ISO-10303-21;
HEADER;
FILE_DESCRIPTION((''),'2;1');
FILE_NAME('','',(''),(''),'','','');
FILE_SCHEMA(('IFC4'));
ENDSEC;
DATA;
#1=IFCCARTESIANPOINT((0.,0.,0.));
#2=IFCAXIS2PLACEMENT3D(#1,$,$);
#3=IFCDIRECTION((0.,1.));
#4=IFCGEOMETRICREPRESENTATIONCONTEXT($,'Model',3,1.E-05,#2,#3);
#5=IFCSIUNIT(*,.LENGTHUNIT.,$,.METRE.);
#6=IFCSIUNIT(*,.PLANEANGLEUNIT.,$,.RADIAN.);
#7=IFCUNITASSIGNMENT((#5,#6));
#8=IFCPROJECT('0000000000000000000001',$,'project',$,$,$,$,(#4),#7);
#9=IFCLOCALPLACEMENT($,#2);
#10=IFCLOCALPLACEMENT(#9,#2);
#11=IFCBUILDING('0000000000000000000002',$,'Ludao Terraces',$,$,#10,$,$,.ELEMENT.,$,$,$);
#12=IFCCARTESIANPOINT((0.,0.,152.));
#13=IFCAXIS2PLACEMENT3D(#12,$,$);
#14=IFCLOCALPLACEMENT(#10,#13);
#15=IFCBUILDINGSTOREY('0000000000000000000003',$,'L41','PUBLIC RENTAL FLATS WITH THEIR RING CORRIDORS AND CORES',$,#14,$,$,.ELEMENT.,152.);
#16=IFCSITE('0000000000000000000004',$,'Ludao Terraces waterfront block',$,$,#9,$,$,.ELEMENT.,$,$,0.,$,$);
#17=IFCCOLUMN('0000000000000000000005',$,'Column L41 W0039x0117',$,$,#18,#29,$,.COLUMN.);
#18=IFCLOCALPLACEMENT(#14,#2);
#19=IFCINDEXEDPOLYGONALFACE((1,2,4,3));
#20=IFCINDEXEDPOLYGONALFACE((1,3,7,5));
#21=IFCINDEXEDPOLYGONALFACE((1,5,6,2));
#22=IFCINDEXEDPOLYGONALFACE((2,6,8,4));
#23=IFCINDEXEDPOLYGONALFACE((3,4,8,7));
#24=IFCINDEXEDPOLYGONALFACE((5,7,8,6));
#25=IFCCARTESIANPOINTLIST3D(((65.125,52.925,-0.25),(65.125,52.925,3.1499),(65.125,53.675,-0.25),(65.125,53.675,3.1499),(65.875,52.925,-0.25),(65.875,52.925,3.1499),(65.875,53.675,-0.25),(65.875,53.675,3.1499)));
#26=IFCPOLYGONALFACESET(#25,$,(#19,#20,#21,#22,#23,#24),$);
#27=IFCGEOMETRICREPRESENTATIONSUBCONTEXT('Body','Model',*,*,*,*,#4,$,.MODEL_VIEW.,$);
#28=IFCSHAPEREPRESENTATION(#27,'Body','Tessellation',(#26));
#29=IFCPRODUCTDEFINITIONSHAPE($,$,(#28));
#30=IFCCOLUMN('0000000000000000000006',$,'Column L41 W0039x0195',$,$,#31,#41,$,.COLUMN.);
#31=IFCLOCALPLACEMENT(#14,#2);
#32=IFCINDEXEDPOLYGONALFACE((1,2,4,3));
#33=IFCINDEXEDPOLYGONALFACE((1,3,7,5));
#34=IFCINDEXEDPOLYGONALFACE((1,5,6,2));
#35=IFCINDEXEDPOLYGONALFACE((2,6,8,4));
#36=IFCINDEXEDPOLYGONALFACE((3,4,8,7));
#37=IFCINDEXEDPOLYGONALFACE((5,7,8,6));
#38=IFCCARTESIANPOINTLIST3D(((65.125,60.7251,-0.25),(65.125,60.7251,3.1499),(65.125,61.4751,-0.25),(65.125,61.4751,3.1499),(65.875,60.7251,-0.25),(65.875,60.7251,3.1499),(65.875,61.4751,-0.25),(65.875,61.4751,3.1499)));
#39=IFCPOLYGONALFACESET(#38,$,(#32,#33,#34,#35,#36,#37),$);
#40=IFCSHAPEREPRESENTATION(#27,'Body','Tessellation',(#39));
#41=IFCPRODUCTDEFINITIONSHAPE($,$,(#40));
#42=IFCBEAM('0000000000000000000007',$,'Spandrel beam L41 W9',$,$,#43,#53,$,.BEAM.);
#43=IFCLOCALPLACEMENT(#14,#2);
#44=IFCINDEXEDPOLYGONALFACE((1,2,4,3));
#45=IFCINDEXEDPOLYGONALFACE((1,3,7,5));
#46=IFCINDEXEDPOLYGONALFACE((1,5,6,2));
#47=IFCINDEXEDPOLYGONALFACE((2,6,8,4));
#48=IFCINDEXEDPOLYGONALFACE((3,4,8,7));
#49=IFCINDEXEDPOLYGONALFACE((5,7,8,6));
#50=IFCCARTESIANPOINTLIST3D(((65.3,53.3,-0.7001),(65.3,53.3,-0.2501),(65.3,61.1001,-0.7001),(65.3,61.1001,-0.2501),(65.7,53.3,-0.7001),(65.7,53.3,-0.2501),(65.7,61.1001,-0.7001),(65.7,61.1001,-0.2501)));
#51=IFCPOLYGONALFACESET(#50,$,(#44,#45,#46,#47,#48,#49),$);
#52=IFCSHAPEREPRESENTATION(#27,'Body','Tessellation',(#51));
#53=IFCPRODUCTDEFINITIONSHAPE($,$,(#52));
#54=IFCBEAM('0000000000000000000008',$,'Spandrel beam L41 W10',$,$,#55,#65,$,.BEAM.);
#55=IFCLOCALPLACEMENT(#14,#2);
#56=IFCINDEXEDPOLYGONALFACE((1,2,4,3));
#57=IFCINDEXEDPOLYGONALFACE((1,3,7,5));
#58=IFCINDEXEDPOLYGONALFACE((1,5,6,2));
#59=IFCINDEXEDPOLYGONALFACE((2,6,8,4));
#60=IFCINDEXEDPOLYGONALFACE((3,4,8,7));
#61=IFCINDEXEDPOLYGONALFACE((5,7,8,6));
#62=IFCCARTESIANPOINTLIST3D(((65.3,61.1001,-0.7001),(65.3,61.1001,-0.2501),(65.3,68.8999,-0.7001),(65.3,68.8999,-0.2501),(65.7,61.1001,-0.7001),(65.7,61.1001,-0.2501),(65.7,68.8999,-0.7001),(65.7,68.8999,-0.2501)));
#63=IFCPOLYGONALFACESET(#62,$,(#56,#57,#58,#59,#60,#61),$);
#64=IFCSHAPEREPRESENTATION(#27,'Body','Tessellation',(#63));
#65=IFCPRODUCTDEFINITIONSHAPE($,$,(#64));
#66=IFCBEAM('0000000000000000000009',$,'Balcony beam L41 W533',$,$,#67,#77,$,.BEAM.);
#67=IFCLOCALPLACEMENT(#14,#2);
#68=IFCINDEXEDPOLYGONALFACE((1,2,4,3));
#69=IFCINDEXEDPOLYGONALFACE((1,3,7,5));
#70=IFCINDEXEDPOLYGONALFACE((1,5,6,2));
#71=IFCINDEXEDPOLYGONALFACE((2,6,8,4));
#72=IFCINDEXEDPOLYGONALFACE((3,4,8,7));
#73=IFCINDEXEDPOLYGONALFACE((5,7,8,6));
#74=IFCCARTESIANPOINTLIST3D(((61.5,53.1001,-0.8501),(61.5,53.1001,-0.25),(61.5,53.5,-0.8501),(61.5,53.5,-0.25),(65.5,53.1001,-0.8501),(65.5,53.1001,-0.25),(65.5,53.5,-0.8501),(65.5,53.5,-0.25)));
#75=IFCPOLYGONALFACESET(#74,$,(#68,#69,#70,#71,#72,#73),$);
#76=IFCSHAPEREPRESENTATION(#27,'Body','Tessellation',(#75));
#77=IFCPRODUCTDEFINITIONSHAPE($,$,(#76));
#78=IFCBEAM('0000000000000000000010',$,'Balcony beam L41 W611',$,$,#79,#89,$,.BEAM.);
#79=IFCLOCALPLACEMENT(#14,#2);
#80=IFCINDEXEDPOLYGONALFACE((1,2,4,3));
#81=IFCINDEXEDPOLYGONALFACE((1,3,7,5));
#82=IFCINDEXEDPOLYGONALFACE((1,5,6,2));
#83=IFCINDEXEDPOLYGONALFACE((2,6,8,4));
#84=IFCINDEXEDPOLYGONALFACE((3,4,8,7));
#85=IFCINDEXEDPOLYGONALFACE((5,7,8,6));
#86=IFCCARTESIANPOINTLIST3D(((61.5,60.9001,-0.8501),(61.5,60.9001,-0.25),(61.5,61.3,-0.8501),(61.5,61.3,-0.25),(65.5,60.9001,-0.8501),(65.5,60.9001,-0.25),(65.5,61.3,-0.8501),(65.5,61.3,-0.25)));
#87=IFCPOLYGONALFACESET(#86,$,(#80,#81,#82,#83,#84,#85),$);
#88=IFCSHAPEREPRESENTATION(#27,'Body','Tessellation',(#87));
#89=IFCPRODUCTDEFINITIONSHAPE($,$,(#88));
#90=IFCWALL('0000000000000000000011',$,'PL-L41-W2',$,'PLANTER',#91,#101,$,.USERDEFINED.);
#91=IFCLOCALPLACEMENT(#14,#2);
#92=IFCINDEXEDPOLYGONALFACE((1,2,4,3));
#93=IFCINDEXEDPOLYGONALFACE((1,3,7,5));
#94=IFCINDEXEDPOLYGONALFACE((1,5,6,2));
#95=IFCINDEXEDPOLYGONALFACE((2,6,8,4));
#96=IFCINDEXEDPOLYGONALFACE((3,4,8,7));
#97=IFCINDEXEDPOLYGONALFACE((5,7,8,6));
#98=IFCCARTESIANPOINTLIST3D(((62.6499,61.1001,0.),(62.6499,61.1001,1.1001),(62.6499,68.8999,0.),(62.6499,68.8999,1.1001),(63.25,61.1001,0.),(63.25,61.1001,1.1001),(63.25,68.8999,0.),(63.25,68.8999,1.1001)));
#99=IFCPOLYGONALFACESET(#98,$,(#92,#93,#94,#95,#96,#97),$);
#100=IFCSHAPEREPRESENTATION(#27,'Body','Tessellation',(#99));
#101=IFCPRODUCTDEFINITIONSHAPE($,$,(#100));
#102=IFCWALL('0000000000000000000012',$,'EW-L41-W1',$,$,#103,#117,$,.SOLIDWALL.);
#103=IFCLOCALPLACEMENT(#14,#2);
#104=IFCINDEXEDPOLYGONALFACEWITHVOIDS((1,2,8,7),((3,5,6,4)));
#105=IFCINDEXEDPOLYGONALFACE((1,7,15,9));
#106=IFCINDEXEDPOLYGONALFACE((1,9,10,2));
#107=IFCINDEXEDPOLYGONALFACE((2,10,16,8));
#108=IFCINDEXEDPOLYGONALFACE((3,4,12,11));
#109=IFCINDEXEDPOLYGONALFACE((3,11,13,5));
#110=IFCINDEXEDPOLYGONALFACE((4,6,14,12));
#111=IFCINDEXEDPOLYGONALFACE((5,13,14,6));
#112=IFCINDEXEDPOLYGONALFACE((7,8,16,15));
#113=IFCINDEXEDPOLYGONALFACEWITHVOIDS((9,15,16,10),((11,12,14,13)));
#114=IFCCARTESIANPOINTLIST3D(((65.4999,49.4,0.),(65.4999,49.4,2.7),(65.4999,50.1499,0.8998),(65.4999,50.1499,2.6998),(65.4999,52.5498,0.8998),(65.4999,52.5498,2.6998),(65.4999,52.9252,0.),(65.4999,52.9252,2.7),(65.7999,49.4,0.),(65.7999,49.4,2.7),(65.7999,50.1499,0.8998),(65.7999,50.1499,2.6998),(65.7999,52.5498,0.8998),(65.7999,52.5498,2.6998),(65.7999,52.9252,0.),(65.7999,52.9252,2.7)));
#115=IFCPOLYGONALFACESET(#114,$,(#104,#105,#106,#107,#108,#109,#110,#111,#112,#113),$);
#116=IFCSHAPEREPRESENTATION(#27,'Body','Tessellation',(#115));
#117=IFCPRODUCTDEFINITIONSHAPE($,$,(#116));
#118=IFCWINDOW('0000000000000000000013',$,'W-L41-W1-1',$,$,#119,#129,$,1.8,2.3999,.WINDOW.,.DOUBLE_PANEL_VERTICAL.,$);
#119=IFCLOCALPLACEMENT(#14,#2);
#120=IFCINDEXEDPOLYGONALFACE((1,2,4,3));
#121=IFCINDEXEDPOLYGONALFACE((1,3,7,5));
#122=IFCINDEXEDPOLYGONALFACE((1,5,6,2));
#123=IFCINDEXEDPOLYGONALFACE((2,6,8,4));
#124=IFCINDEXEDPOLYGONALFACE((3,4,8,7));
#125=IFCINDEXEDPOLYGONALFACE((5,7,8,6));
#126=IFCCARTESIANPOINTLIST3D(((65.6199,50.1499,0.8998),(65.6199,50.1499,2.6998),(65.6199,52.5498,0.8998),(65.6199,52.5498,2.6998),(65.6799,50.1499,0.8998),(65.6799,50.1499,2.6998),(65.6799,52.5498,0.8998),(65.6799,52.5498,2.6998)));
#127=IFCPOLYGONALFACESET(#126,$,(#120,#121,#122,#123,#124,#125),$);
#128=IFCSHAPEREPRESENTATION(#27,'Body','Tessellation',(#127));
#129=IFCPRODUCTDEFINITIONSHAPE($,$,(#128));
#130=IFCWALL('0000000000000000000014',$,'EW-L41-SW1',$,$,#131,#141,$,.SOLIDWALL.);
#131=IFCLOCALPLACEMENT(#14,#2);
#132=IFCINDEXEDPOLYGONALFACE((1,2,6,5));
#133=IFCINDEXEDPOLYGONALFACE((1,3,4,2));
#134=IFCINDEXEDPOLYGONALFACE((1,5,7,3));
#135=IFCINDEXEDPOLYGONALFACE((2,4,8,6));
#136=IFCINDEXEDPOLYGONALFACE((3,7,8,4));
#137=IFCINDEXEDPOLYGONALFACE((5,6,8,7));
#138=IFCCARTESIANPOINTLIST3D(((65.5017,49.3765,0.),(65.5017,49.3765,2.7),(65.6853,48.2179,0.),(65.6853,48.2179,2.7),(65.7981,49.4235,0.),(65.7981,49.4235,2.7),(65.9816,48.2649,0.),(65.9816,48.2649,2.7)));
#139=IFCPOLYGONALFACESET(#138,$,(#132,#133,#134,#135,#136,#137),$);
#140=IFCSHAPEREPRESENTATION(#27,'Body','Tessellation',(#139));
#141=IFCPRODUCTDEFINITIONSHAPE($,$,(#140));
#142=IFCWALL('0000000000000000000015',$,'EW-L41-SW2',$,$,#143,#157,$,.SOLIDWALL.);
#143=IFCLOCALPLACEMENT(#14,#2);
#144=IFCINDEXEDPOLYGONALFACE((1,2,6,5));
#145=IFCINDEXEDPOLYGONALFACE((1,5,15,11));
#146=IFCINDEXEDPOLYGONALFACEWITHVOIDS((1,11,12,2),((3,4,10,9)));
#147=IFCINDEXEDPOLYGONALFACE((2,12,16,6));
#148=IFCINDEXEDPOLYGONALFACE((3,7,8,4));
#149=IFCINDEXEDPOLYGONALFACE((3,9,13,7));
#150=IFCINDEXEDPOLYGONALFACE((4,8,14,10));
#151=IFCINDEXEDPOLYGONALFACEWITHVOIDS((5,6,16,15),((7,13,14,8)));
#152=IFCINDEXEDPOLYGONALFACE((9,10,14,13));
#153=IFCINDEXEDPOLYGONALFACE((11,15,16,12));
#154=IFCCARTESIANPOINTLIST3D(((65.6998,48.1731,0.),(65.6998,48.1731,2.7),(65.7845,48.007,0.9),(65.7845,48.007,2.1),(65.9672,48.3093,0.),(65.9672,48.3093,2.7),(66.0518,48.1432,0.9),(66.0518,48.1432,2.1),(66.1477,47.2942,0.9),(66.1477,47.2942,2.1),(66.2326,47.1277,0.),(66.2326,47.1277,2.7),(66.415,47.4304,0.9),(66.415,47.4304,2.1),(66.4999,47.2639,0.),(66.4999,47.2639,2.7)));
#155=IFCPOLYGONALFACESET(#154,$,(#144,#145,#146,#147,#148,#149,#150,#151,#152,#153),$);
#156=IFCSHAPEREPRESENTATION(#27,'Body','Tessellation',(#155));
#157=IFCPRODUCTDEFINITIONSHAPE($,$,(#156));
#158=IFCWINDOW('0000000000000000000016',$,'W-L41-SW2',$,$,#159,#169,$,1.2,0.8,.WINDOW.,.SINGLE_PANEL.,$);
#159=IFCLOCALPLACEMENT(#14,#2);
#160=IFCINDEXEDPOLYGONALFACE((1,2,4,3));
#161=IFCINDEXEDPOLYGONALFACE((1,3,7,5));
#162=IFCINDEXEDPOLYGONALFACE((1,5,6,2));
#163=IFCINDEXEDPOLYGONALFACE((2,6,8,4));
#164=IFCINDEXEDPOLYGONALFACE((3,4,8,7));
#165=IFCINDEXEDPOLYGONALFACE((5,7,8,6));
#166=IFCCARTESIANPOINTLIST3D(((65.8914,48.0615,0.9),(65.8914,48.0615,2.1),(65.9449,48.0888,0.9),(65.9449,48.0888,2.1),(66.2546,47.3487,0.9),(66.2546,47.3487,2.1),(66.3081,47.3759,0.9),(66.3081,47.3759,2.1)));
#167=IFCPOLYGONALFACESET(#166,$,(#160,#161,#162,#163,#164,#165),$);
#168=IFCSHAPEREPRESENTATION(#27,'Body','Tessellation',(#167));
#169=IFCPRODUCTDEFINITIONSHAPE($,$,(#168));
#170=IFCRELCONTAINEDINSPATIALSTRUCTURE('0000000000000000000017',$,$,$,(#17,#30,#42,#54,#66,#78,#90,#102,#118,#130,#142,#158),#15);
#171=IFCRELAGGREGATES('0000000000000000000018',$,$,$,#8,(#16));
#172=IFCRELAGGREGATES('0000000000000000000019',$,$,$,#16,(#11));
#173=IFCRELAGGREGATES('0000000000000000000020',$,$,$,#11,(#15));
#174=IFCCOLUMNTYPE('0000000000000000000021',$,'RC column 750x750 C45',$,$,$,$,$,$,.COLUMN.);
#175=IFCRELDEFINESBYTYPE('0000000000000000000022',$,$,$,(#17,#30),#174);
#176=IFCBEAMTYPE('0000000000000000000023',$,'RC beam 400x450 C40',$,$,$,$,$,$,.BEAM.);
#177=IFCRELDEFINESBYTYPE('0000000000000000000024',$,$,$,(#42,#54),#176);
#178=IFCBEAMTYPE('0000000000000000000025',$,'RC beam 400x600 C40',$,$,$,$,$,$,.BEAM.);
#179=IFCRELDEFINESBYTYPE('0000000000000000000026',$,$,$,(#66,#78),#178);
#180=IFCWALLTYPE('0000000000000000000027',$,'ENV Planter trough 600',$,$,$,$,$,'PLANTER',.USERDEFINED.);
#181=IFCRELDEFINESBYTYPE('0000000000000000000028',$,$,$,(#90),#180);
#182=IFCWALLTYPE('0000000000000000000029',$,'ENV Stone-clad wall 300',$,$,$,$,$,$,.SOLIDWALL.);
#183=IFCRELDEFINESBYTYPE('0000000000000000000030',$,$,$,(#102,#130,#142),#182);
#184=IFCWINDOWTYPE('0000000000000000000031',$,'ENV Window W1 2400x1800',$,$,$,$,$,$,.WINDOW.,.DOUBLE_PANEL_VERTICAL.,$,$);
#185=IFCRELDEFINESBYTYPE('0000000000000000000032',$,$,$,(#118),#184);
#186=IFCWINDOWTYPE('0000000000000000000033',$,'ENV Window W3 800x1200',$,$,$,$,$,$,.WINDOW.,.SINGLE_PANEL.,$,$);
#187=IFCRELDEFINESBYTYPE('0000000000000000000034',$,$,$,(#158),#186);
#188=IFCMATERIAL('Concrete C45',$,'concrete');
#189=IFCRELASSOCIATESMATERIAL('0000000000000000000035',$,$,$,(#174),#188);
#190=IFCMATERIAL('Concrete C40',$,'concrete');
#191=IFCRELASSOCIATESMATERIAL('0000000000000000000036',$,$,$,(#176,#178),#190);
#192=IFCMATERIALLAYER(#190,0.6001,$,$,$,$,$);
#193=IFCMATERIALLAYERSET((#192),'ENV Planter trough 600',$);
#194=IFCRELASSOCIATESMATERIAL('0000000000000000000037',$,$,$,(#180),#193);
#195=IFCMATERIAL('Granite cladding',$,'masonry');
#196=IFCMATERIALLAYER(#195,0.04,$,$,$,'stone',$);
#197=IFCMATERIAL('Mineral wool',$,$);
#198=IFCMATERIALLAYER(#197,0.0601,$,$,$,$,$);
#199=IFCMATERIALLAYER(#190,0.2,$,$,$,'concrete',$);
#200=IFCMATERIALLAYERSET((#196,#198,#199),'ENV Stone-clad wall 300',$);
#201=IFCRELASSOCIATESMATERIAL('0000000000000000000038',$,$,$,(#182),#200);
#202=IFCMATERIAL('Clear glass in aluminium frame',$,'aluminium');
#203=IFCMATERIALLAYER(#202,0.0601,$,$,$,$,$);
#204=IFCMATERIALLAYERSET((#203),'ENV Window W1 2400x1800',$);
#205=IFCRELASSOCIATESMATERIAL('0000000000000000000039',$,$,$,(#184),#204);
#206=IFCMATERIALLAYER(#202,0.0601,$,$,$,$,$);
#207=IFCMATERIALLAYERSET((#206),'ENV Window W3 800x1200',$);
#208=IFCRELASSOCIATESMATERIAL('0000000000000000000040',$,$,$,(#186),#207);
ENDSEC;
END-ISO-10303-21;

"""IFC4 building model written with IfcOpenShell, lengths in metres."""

from ifc_helpers import new_model, si_unit, direction, frame, frame_2d, origin, origin_2d, place, context, subcontext, project, spatial, rectangle, extrude, material, layer, layer_set, material_profile, profile_set, type_object, element, fill, save


model = new_model("IFC4")

# Units and contexts
model_context = context("Model", 3, precision=1e-05, world=origin(), true_north=direction((0.0, 1.0)))
body_context = subcontext(model_context, "Body", "Model", "MODEL_VIEW")
ifc_project = project(units=[si_unit("LENGTHUNIT", "METRE"), si_unit("PLANEANGLEUNIT", "RADIAN")], contexts=[model_context])

# Site, building, storey
site_placement = place(None, origin())
site = spatial("IfcSite", under=ifc_project, at=site_placement, Name="Ludao Terraces waterfront block", CompositionType="ELEMENT", RefElevation=0.0)
building_placement = place(site_placement, origin())
building = spatial("IfcBuilding", under=site, at=building_placement, Name="Ludao Terraces", CompositionType="ELEMENT")
storey_placement = place(building_placement, frame((0.0, 0.0, 152.0)))
storey = spatial("IfcBuildingStorey", under=building, at=storey_placement, Name="L41", Description="PUBLIC RENTAL FLATS WITH THEIR RING CORRIDORS AND CORES", CompositionType="ELEMENT", Elevation=152.0)

# Columns
ifc_material_1 = material(Name="Concrete C45", Category="concrete")
ifc_material_profile_1 = material_profile(ifc_material_1, rectangle(XDim=0.75, YDim=0.75, at=origin_2d()), Name="750 X 750")
ifc_profile_set_1 = profile_set([ifc_material_profile_1], Name="Concrete C45")
column_type = type_object("IfcColumnType", Name="RC column 750x750 C45", PredefinedType="COLUMN", material=ifc_profile_set_1)
for number, where, z_axis, x_axis, name in (
    (1, (65.5, 53.3, -0.25), (0.0, 0.0, 1.0), (1.0, 0.0, 0.0), "Column L41 W0039x0117"),
    (2, (65.5, 61.1001, -0.25), (0.0, 0.0, 1.0), (1.0, 0.0, 0.0), "Column L41 W0039x0195"),
):
    element("IfcColumn", number, at=place(storey_placement, frame(where, z_axis=z_axis, x_axis=x_axis)), inside=storey, type_object=column_type, Name=name, PredefinedType="COLUMN", context=body_context, shape_type="SweptSolid", body=[
        extrude(rectangle(XDim=0.75, YDim=0.75, at=origin_2d()), origin(), (0.0, 0.0, 1.0), 3.3999),
    ])

# Beams
ifc_material_2 = material(Name="Concrete C40", Category="concrete")
ifc_material_profile_2 = material_profile(ifc_material_2, rectangle(XDim=0.3999, YDim=0.45, at=origin_2d()), Name="400 X 450")
ifc_profile_set_2 = profile_set([ifc_material_profile_2], Name="Concrete C40")
beam_type_1 = type_object("IfcBeamType", Name="RC beam 400x450 C40", PredefinedType="BEAM", material=ifc_profile_set_2)
beam_1_placement = place(storey_placement, frame((65.5, 53.3, -0.4751), z_axis=(0.0, 1.0, 0.0), x_axis=(-1.0, 0.0, 0.0)))
element("IfcBeam", 3, at=beam_1_placement, inside=storey, type_object=beam_type_1, Name="Spandrel beam L41 W9", PredefinedType="BEAM", context=body_context, shape_type="SweptSolid", body=[
    extrude(rectangle(XDim=0.3999, YDim=0.45, at=origin_2d()), origin(), (0.0, 0.0, 1.0), 7.8),
])
beam_2_placement = place(storey_placement, frame((65.5, 61.1001, -0.4751), z_axis=(0.0, 1.0, 0.0), x_axis=(-1.0, 0.0, 0.0)))
element("IfcBeam", 4, at=beam_2_placement, inside=storey, type_object=beam_type_1, Name="Spandrel beam L41 W10", PredefinedType="BEAM", context=body_context, shape_type="SweptSolid", body=[
    extrude(rectangle(XDim=0.3999, YDim=0.45, at=origin_2d()), origin(), (0.0, 0.0, 1.0), 7.7998),
])
ifc_material_profile_3 = material_profile(ifc_material_2, rectangle(XDim=0.3999, YDim=0.6001, at=origin_2d()), Name="400 X 600")
ifc_profile_set_3 = profile_set([ifc_material_profile_3], Name="Concrete C40")
beam_type_2 = type_object("IfcBeamType", Name="RC beam 400x600 C40", PredefinedType="BEAM", material=ifc_profile_set_3)
for number, where, z_axis, x_axis, name in (
    (5, (65.5, 53.3, -0.55), (-1.0, 0.0, 0.0), (0.0, -1.0, 0.0), "Balcony beam L41 W533"),
    (6, (65.5, 61.1001, -0.55), (-1.0, 0.0, 0.0), (0.0, -1.0, 0.0), "Balcony beam L41 W611"),
):
    element("IfcBeam", number, at=place(storey_placement, frame(where, z_axis=z_axis, x_axis=x_axis)), inside=storey, type_object=beam_type_2, Name=name, PredefinedType="BEAM", context=body_context, shape_type="SweptSolid", body=[
        extrude(rectangle(XDim=0.3999, YDim=0.6001, at=origin_2d()), origin(), (0.0, 0.0, 1.0), 4.0),
    ])

# Wall
ifc_layer_1 = layer(ifc_material_2, 0.6001)
ifc_layer_set_1 = layer_set([ifc_layer_1], Name="ENV Planter trough 600")
wall_type_1 = type_object("IfcWallType", Name="ENV Planter trough 600", ElementType="PLANTER", PredefinedType="USERDEFINED", material=ifc_layer_set_1)
wall_1_placement = place(storey_placement, frame((62.95, 61.1001, 0.0), z_axis=(0.0, 0.0, 1.0), x_axis=(0.0, 1.0, 0.0)))
element("IfcWall", 7, at=wall_1_placement, inside=storey, type_object=wall_type_1, Name="PL-L41-W2", ObjectType="PLANTER", PredefinedType="USERDEFINED", context=body_context, shape_type="SweptSolid", body=[
    extrude(rectangle(XDim=7.7998, YDim=0.6001, at=frame_2d((3.8999, 0.0))), origin(), (0.0, 0.0, 1.0), 1.1001),
])

# Wall, opening, window
ifc_material_3 = material(Name="Granite cladding", Category="masonry")
ifc_layer_2 = layer(ifc_material_3, 0.04, Category="stone")
ifc_material_4 = material(Name="Mineral wool")
ifc_layer_3 = layer(ifc_material_4, 0.0601)
ifc_layer_4 = layer(ifc_material_2, 0.2, Category="concrete")
ifc_layer_set_2 = layer_set([ifc_layer_2, ifc_layer_3, ifc_layer_4], Name="ENV Stone-clad wall 300")
wall_type_2 = type_object("IfcWallType", Name="ENV Stone-clad wall 300", PredefinedType="SOLIDWALL", material=ifc_layer_set_2)
wall_2_placement = place(storey_placement, frame((65.6499, 49.3999, 0.0), z_axis=(0.0, 0.0, 1.0), x_axis=(0.0, 1.0, 0.0)))
wall_2 = element("IfcWall", 8, at=wall_2_placement, inside=storey, type_object=wall_type_2, Name="EW-L41-W1", PredefinedType="SOLIDWALL", context=body_context, shape_type="SweptSolid", body=[
    extrude(rectangle(XDim=3.5251, YDim=0.3, at=frame_2d((1.7627, 0.0))), origin(), (0.0, 0.0, 1.0), 2.7),
])
opening_1_placement = place(wall_2_placement, frame((0.75, 0.0, 0.8999)))
opening_1 = element("IfcOpeningElement", 9, at=opening_1_placement, cuts=wall_2, PredefinedType="OPENING", context=body_context, shape_type="SweptSolid", body=[
    extrude(rectangle(XDim=2.3999, YDim=1.8, at=frame_2d((1.2, 0.8999))), frame((0.0, 0.1602, 0.0), z_axis=(0.0, -1.0, 0.0), x_axis=(1.0, 0.0, 0.0)), (0.0, 0.0, 1.0), 0.3201),
])
ifc_material_5 = material(Name="Clear glass in aluminium frame", Category="aluminium")
ifc_layer_5 = layer(ifc_material_5, 0.0601)
ifc_layer_set_3 = layer_set([ifc_layer_5], Name="ENV Window W1 2400x1800")
window_type_1 = type_object("IfcWindowType", Name="ENV Window W1 2400x1800", PartitioningType="DOUBLE_PANEL_VERTICAL", PredefinedType="WINDOW", material=ifc_layer_set_3)
window_1_placement = place(opening_1_placement, origin())
window_1 = element("IfcWindow", 10, at=window_1_placement, inside=storey, type_object=window_type_1, Name="W-L41-W1-1", OverallHeight=1.8, OverallWidth=2.3999, PartitioningType="DOUBLE_PANEL_VERTICAL", PredefinedType="WINDOW", context=body_context, shape_type="SweptSolid", body=[
    extrude(rectangle(XDim=2.3999, YDim=1.8, at=frame_2d((1.2, 0.8999))), frame((0.0, 0.03, 0.0), z_axis=(0.0, -1.0, 0.0), x_axis=(1.0, 0.0, 0.0)), (0.0, 0.0, 1.0), 0.0601),
])
fill(opening_1, window_1)

# Wall
wall_3_placement = place(storey_placement, frame((65.6499, 49.3999, 0.0), z_axis=(0.0, 0.0, 1.0), x_axis=(0.156497, -0.987678, 0.0)))
element("IfcWall", 11, at=wall_3_placement, inside=storey, type_object=wall_type_2, Name="EW-L41-SW1", PredefinedType="SOLIDWALL", context=body_context, shape_type="SweptSolid", body=[
    extrude(rectangle(XDim=1.1731, YDim=0.3, at=frame_2d((0.5864, 0.0))), origin(), (0.0, 0.0, 1.0), 2.7),
])

# Wall, opening, window
wall_4_placement = place(storey_placement, frame((65.8335, 48.2412, 0.0), z_axis=(0.0, 0.0, 1.0), x_axis=(0.454026, -0.890989, 0.0)))
wall_4 = element("IfcWall", 12, at=wall_4_placement, inside=storey, type_object=wall_type_2, Name="EW-L41-SW2", PredefinedType="SOLIDWALL", context=body_context, shape_type="SweptSolid", body=[
    extrude(rectangle(XDim=1.1733, YDim=0.3, at=frame_2d((0.5867, 0.0))), origin(), (0.0, 0.0, 1.0), 2.7),
])
opening_2_placement = place(wall_4_placement, frame((0.1865, 0.0, 0.8999)))
opening_2 = element("IfcOpeningElement", 13, at=opening_2_placement, cuts=wall_4, PredefinedType="OPENING", context=body_context, shape_type="SweptSolid", body=[
    extrude(rectangle(XDim=0.8, YDim=1.2, at=frame_2d((0.3999, 0.6001))), frame((0.0, 0.1602, 0.0), z_axis=(0.0, -1.0, 0.0), x_axis=(1.0, 0.0, 0.0)), (0.0, 0.0, 1.0), 0.3201),
])
ifc_layer_6 = layer(ifc_material_5, 0.0601)
ifc_layer_set_4 = layer_set([ifc_layer_6], Name="ENV Window W3 800x1200")
window_type_2 = type_object("IfcWindowType", Name="ENV Window W3 800x1200", PartitioningType="SINGLE_PANEL", PredefinedType="WINDOW", material=ifc_layer_set_4)
window_2_placement = place(opening_2_placement, origin())
window_2 = element("IfcWindow", 14, at=window_2_placement, inside=storey, type_object=window_type_2, Name="W-L41-SW2", OverallHeight=1.2, OverallWidth=0.8, PartitioningType="SINGLE_PANEL", PredefinedType="WINDOW", context=body_context, shape_type="SweptSolid", body=[
    extrude(rectangle(XDim=0.8, YDim=1.2, at=frame_2d((0.3999, 0.6001))), frame((0.0, 0.03, 0.0), z_axis=(0.0, -1.0, 0.0), x_axis=(1.0, 0.0, 0.0)), (0.0, 0.0, 1.0), 0.0601),
])
fill(opening_2, window_2)

save(model, "model.ifc")
